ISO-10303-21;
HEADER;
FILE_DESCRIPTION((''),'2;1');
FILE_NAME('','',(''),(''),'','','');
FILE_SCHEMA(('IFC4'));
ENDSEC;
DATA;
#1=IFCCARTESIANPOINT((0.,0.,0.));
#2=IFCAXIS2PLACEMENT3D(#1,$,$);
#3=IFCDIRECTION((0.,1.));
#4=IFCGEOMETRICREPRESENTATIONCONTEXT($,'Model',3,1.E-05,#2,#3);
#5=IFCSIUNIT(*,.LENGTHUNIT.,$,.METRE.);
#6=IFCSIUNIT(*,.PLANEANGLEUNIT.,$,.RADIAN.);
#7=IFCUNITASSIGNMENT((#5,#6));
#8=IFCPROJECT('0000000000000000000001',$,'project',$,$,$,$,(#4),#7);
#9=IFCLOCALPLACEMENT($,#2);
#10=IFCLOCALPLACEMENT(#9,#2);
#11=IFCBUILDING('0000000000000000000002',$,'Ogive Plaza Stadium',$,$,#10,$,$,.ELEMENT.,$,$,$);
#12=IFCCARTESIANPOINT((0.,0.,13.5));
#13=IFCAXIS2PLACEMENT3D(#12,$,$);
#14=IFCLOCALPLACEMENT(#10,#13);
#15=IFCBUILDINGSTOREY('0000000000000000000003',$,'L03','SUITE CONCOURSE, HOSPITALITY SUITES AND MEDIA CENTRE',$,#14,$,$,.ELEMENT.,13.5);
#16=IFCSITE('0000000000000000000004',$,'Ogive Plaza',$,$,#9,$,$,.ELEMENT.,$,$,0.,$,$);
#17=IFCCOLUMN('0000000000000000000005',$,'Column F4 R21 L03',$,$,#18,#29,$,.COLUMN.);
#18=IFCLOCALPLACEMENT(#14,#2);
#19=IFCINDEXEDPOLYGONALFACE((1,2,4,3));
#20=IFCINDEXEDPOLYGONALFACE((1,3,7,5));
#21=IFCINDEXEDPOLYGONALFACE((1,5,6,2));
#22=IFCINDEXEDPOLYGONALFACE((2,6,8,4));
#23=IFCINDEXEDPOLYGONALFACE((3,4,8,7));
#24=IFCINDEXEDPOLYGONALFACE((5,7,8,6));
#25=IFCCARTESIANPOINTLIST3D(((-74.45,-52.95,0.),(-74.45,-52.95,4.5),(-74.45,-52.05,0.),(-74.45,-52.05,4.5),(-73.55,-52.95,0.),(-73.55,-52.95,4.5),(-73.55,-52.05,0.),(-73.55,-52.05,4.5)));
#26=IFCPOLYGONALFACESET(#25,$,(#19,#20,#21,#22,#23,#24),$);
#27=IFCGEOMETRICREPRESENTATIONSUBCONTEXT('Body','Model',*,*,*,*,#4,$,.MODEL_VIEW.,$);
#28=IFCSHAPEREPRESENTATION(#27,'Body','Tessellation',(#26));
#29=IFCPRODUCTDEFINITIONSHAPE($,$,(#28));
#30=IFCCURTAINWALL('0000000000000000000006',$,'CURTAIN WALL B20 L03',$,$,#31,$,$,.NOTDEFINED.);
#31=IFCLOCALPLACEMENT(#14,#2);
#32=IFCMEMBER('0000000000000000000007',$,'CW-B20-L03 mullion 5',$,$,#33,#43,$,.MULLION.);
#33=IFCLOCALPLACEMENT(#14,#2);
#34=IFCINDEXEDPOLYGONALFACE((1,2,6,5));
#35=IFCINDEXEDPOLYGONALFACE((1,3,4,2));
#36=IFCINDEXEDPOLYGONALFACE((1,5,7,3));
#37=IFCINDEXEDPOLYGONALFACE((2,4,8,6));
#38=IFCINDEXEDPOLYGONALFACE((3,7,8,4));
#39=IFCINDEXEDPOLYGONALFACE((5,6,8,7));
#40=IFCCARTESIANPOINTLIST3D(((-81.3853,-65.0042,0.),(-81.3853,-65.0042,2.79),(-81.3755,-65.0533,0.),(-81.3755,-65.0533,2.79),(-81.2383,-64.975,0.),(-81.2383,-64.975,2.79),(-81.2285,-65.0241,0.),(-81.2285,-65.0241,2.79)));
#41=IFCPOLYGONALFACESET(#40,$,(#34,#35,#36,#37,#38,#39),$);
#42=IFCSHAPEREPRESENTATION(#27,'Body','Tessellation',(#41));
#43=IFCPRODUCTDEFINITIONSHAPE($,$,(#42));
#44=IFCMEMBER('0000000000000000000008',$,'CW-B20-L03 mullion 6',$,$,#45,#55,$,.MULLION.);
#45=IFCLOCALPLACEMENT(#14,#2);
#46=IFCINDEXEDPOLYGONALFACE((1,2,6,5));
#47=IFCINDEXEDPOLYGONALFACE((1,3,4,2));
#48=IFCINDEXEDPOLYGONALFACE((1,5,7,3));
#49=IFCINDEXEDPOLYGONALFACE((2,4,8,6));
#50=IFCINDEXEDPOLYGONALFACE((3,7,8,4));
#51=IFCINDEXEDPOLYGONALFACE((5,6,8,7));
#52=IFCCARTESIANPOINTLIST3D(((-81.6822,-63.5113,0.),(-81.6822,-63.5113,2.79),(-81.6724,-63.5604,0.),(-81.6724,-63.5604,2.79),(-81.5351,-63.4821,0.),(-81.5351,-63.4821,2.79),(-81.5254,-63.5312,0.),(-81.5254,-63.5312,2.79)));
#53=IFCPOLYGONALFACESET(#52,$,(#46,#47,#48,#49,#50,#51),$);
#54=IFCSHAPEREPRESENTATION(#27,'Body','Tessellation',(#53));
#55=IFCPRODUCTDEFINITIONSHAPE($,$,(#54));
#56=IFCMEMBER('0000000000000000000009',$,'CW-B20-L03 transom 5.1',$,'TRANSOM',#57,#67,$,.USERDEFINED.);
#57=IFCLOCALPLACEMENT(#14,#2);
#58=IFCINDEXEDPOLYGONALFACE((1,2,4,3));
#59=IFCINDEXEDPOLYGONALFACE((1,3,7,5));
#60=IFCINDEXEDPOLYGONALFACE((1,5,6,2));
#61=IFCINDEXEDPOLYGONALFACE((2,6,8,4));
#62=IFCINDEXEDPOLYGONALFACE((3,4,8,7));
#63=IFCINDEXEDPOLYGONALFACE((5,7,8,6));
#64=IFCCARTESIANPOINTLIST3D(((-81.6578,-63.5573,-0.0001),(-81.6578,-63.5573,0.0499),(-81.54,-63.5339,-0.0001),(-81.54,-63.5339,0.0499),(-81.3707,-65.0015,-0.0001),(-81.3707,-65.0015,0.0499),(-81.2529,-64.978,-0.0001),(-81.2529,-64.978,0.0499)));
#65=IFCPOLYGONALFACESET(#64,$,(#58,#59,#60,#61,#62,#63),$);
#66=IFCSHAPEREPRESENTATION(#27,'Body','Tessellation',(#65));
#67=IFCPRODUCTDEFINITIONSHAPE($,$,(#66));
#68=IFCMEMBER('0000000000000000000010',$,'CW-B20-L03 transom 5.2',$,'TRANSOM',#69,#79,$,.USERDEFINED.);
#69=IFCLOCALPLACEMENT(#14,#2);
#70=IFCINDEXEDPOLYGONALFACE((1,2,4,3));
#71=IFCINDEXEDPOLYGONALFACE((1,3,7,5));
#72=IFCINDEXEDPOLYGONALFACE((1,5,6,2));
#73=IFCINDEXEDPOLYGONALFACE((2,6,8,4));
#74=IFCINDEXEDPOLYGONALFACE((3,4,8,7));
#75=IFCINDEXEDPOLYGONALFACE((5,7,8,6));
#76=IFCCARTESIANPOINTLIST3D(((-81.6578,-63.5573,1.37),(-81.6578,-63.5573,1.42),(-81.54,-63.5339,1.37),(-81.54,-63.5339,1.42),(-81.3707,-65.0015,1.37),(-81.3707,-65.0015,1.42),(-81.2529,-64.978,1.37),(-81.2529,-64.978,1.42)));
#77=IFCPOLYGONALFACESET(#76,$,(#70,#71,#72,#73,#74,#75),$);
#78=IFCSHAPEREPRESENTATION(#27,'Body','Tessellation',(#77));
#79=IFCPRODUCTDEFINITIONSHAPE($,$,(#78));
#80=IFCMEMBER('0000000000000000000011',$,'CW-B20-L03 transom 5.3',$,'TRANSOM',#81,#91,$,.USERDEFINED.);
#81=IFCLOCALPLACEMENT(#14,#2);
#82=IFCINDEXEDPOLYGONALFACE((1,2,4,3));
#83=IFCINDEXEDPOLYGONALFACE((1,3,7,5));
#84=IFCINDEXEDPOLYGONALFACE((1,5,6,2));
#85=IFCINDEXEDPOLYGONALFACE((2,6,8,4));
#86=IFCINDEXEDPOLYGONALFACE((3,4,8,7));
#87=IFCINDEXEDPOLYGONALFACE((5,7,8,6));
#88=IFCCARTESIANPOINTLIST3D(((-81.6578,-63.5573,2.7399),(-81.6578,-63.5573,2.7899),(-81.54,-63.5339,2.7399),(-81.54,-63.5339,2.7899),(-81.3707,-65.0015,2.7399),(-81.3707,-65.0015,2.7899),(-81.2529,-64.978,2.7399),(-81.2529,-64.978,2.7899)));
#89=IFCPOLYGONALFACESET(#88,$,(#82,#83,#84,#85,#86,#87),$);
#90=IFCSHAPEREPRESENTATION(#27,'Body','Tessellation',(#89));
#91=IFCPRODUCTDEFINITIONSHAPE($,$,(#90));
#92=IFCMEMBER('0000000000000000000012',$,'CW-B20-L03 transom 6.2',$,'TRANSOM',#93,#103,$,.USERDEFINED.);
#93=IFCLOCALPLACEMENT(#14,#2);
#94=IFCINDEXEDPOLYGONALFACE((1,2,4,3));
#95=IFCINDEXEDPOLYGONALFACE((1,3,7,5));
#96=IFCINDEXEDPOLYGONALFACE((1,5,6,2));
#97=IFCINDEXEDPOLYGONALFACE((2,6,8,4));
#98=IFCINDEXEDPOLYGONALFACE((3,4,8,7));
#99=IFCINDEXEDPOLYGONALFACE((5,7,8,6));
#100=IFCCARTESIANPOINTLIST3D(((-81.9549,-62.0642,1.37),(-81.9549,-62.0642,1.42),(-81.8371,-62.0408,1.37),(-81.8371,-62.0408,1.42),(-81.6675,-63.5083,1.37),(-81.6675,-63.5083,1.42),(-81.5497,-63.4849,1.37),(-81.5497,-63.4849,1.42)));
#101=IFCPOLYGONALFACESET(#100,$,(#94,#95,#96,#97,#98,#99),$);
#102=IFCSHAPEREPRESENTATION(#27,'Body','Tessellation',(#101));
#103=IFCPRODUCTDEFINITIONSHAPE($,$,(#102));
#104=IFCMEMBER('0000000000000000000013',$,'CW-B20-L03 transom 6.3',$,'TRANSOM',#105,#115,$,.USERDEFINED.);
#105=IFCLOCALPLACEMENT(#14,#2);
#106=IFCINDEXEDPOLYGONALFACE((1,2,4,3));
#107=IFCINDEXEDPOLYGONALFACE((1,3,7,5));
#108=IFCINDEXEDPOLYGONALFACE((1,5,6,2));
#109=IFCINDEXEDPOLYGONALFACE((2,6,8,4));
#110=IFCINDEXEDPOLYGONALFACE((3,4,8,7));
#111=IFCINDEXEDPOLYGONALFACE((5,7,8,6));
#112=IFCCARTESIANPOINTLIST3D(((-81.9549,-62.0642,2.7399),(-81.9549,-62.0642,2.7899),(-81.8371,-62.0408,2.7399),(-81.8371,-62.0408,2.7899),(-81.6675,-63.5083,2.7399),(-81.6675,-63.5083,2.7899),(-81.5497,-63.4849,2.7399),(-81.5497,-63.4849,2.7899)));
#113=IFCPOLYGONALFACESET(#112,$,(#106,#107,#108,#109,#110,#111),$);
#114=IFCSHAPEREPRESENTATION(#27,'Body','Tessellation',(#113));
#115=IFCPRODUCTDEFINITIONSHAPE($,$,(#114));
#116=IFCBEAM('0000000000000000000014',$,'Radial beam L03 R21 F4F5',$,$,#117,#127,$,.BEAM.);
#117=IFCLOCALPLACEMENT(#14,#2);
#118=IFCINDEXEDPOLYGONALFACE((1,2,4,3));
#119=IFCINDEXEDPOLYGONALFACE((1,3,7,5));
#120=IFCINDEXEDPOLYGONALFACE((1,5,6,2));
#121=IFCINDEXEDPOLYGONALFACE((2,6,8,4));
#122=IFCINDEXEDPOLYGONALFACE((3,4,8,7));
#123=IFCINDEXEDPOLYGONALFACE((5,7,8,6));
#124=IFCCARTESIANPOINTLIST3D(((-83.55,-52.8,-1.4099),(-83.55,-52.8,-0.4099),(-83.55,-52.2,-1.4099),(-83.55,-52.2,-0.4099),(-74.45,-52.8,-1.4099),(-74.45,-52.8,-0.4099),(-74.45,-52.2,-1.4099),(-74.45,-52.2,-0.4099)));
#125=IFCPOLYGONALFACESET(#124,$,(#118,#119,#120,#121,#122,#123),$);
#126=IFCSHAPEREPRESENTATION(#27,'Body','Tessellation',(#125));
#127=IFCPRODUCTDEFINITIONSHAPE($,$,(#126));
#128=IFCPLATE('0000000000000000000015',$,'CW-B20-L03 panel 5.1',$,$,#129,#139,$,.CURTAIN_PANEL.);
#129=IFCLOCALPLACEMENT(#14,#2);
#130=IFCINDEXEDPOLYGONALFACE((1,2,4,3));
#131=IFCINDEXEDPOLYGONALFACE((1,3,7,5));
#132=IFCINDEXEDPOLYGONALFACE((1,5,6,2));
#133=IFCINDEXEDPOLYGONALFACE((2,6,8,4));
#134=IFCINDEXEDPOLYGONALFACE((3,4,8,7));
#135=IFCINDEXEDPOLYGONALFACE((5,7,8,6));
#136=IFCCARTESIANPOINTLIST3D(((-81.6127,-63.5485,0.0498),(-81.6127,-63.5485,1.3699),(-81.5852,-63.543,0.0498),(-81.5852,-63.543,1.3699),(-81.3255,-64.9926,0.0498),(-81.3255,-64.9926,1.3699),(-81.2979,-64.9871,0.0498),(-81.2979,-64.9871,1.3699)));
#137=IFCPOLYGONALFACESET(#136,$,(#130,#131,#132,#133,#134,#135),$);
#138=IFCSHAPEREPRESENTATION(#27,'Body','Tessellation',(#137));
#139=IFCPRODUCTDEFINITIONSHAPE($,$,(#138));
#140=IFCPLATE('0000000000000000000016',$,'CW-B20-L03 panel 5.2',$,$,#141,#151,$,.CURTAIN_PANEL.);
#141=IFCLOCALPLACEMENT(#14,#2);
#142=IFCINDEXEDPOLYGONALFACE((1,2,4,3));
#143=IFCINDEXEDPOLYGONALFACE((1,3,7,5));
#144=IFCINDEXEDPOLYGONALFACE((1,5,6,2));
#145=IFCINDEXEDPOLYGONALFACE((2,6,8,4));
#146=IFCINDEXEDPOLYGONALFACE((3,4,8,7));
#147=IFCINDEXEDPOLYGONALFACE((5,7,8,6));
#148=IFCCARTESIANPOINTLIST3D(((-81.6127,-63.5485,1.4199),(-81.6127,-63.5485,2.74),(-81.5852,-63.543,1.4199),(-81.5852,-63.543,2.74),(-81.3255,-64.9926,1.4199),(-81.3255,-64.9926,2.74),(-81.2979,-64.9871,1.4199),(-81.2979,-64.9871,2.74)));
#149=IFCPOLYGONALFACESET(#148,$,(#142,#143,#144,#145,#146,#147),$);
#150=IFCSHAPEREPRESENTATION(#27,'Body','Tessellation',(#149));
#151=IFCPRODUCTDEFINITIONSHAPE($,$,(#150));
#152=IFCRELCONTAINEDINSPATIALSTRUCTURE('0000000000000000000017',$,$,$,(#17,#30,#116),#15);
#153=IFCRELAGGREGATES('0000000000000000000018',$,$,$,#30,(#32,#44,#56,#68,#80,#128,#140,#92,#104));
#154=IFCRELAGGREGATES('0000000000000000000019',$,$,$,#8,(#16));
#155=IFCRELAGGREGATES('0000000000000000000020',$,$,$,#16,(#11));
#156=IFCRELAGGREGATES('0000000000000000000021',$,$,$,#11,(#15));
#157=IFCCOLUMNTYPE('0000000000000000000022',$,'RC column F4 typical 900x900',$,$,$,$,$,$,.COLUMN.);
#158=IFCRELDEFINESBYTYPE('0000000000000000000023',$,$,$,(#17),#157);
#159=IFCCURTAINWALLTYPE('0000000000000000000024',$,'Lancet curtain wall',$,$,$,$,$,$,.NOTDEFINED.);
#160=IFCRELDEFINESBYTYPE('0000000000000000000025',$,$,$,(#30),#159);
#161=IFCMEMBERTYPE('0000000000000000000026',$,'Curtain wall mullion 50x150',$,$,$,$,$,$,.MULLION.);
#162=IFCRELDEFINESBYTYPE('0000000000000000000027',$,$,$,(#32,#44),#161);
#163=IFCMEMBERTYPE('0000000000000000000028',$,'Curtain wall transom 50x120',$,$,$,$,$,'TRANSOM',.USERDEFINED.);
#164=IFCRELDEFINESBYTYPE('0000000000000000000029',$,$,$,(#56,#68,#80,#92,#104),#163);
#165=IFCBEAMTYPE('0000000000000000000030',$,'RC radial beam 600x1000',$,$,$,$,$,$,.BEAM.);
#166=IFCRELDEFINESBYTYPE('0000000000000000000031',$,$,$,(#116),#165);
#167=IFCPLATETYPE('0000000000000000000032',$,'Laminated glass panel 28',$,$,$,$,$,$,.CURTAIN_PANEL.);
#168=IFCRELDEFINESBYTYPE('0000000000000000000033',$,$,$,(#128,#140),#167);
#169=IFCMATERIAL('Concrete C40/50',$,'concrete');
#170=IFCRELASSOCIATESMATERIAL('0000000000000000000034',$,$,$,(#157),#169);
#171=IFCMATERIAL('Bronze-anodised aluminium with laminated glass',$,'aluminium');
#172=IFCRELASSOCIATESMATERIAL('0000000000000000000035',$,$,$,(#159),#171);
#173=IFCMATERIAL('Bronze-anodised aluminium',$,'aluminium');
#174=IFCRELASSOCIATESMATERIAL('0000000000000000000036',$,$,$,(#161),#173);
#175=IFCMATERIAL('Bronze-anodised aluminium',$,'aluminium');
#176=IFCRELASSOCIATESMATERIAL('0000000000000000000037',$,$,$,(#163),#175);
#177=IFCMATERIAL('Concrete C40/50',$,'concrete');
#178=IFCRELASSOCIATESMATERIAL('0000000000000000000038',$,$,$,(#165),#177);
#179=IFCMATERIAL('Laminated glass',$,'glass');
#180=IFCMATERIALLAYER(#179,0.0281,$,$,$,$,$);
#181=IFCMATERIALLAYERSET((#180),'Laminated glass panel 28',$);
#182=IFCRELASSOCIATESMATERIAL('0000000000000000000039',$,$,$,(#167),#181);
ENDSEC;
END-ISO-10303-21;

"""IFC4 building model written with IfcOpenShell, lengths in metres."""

from ifc_helpers import new_model, si_unit, direction, frame, origin, origin_2d, place, context, subcontext, project, spatial, rectangle, extrude, material, layer, layer_set, material_profile, profile_set, type_object, element, aggregate, save


model = new_model("IFC4")

# Units and contexts
model_context = context("Model", 3, precision=1e-05, world=origin(), true_north=direction((0.0, 1.0)))
body_context = subcontext(model_context, "Body", "Model", "MODEL_VIEW")
ifc_project = project(units=[si_unit("LENGTHUNIT", "METRE"), si_unit("PLANEANGLEUNIT", "RADIAN")], contexts=[model_context])

# Site, building, storey
site_placement = place(None, origin())
site = spatial("IfcSite", under=ifc_project, at=site_placement, Name="Ogive Plaza", CompositionType="ELEMENT", RefElevation=0.0)
building_placement = place(site_placement, origin())
building = spatial("IfcBuilding", under=site, at=building_placement, Name="Ogive Plaza Stadium", CompositionType="ELEMENT")
storey_placement = place(building_placement, frame((0.0, 0.0, 13.5)))
storey = spatial("IfcBuildingStorey", under=building, at=storey_placement, Name="L03", Description="SUITE CONCOURSE, HOSPITALITY SUITES AND MEDIA CENTRE", CompositionType="ELEMENT", Elevation=13.5)

# Column
ifc_material_1 = material(Name="Concrete C40/50", Category="concrete")
ifc_material_profile_1 = material_profile(ifc_material_1, rectangle(XDim=0.8999, YDim=0.8999, at=origin_2d()), Name="RC 900x900")
ifc_profile_set_1 = profile_set([ifc_material_profile_1], Name="Concrete C40/50")
column_type = type_object("IfcColumnType", Name="RC column F4 typical 900x900", PredefinedType="COLUMN", material=ifc_profile_set_1)
column_placement = place(storey_placement, frame((-74.0, -52.5, 0.0), z_axis=(0.0, 0.0, 1.0), x_axis=(0.0, -1.0, 0.0)))
element("IfcColumn", 1, at=column_placement, inside=storey, type_object=column_type, Name="Column F4 R21 L03", PredefinedType="COLUMN", context=body_context, shape_type="SweptSolid", body=[
    extrude(rectangle(XDim=0.8999, YDim=0.8999, at=origin_2d()), origin(), (0.0, 0.0, 1.0), 4.5),
])

# Curtain wall, members
ifc_material_2 = material(Name="Bronze-anodised aluminium with laminated glass", Category="aluminium")
curtain_wall_type = type_object("IfcCurtainWallType", Name="Lancet curtain wall", PredefinedType="NOTDEFINED", material=ifc_material_2)
curtain_wall_placement = place(storey_placement, origin())
curtain_wall = element("IfcCurtainWall", 2, at=curtain_wall_placement, inside=storey, type_object=curtain_wall_type, Name="CURTAIN WALL B20 L03", PredefinedType="NOTDEFINED")
ifc_material_3 = material(Name="Bronze-anodised aluminium", Category="aluminium")
ifc_material_profile_2 = material_profile(ifc_material_3, rectangle(XDim=0.1499, YDim=0.05, at=origin_2d()), Name="AL 150x50")
ifc_profile_set_2 = profile_set([ifc_material_profile_2], Name="Bronze-anodised aluminium")
member_type_1 = type_object("IfcMemberType", Name="Curtain wall mullion 50x150", PredefinedType="MULLION", material=ifc_profile_set_2)
member_1_placement = place(storey_placement, frame((-81.3069, -65.0142, 0.0), z_axis=(0.0, 0.0, 1.0), x_axis=(-0.980785, -0.19509, 0.0)))
member_1 = element("IfcMember", 3, at=member_1_placement, type_object=member_type_1, Name="CW-B20-L03 mullion 5", PredefinedType="MULLION", context=body_context, shape_type="SweptSolid", body=[
    extrude(rectangle(XDim=0.1499, YDim=0.05, at=origin_2d()), origin(), (0.0, 0.0, 1.0), 2.79),
])
member_2_placement = place(storey_placement, frame((-81.6038, -63.5212, 0.0), z_axis=(0.0, 0.0, 1.0), x_axis=(-0.980785, -0.19509, 0.0)))
member_2 = element("IfcMember", 4, at=member_2_placement, type_object=member_type_1, Name="CW-B20-L03 mullion 6", PredefinedType="MULLION", context=body_context, shape_type="SweptSolid", body=[
    extrude(rectangle(XDim=0.1499, YDim=0.05, at=origin_2d()), origin(), (0.0, 0.0, 1.0), 2.79),
])
ifc_material_4 = material(Name="Bronze-anodised aluminium", Category="aluminium")
ifc_material_profile_3 = material_profile(ifc_material_4, rectangle(XDim=0.1201, YDim=0.05, at=origin_2d()), Name="AL 120x50")
ifc_profile_set_3 = profile_set([ifc_material_profile_3], Name="Bronze-anodised aluminium")
member_type_2 = type_object("IfcMemberType", Name="Curtain wall transom 50x120", ElementType="TRANSOM", PredefinedType="USERDEFINED", material=ifc_profile_set_3)
member_3_placement = place(storey_placement, frame((-81.3118, -64.9897, 0.0249), z_axis=(-0.195, 0.980803, 0.0), x_axis=(-0.980803, -0.195, 0.0)))
member_3 = element("IfcMember", 5, at=member_3_placement, type_object=member_type_2, Name="CW-B20-L03 transom 5.1", ObjectType="TRANSOM", PredefinedType="USERDEFINED", context=body_context, shape_type="SweptSolid", body=[
    extrude(rectangle(XDim=0.1201, YDim=0.05, at=origin_2d()), origin(), (0.0, 0.0, 1.0), 1.4724),
])
member_4_placement = place(storey_placement, frame((-81.3118, -64.9897, 1.395), z_axis=(-0.195, 0.980803, 0.0), x_axis=(-0.980803, -0.195, 0.0)))
member_4 = element("IfcMember", 6, at=member_4_placement, type_object=member_type_2, Name="CW-B20-L03 transom 5.2", ObjectType="TRANSOM", PredefinedType="USERDEFINED", context=body_context, shape_type="SweptSolid", body=[
    extrude(rectangle(XDim=0.1201, YDim=0.05, at=origin_2d()), origin(), (0.0, 0.0, 1.0), 1.4724),
])
member_5_placement = place(storey_placement, frame((-81.3118, -64.9897, 2.7649), z_axis=(-0.195, 0.980803, 0.0), x_axis=(-0.980803, -0.195, 0.0)))
member_5 = element("IfcMember", 7, at=member_5_placement, type_object=member_type_2, Name="CW-B20-L03 transom 5.3", ObjectType="TRANSOM", PredefinedType="USERDEFINED", context=body_context, shape_type="SweptSolid", body=[
    extrude(rectangle(XDim=0.1201, YDim=0.05, at=origin_2d()), origin(), (0.0, 0.0, 1.0), 1.4724),
])
member_6_placement = place(storey_placement, frame((-81.6086, -63.4966, 1.395), z_axis=(-0.195159, 0.980772, 0.0), x_axis=(-0.980772, -0.195159, 0.0)))
member_6 = element("IfcMember", 8, at=member_6_placement, type_object=member_type_2, Name="CW-B20-L03 transom 6.2", ObjectType="TRANSOM", PredefinedType="USERDEFINED", context=body_context, shape_type="SweptSolid", body=[
    extrude(rectangle(XDim=0.1201, YDim=0.05, at=origin_2d()), origin(), (0.0, 0.0, 1.0), 1.4724),
])
member_7_placement = place(storey_placement, frame((-81.6086, -63.4966, 2.7649), z_axis=(-0.195159, 0.980772, 0.0), x_axis=(-0.980772, -0.195159, 0.0)))
member_7 = element("IfcMember", 9, at=member_7_placement, type_object=member_type_2, Name="CW-B20-L03 transom 6.3", ObjectType="TRANSOM", PredefinedType="USERDEFINED", context=body_context, shape_type="SweptSolid", body=[
    extrude(rectangle(XDim=0.1201, YDim=0.05, at=origin_2d()), origin(), (0.0, 0.0, 1.0), 1.4724),
])

# Beam
ifc_material_5 = material(Name="Concrete C40/50", Category="concrete")
ifc_material_profile_4 = material_profile(ifc_material_5, rectangle(XDim=0.6001, YDim=1.0, at=origin_2d()), Name="RC 600x1000")
ifc_profile_set_4 = profile_set([ifc_material_profile_4], Name="Concrete C40/50")
beam_type = type_object("IfcBeamType", Name="RC radial beam 600x1000", PredefinedType="BEAM", material=ifc_profile_set_4)
beam_placement = place(storey_placement, frame((-74.45, -52.5, -0.9099), z_axis=(-1.0, 0.0, 0.0), x_axis=(0.0, -1.0, 0.0)))
element("IfcBeam", 10, at=beam_placement, inside=storey, type_object=beam_type, Name="Radial beam L03 R21 F4F5", PredefinedType="BEAM", context=body_context, shape_type="SweptSolid", body=[
    extrude(rectangle(XDim=0.6001, YDim=1.0, at=origin_2d()), origin(), (0.0, 0.0, 1.0), 9.1001),
])

# Plates
ifc_material_6 = material(Name="Laminated glass", Category="glass")
ifc_layer_1 = layer(ifc_material_6, 0.0281)
ifc_layer_set_1 = layer_set([ifc_layer_1], Name="Laminated glass panel 28")
plate_type = type_object("IfcPlateType", Name="Laminated glass panel 28", PredefinedType="CURTAIN_PANEL", material=ifc_layer_set_1)
plate_1_placement = place(storey_placement, frame((-81.4553, -64.2678, 0.0498), z_axis=(0.0, 0.0, 1.0), x_axis=(-0.19509, 0.980785, 0.0)))
plate_1 = element("IfcPlate", 11, at=plate_1_placement, type_object=plate_type, Name="CW-B20-L03 panel 5.1", PredefinedType="CURTAIN_PANEL", context=body_context, shape_type="SweptSolid", body=[
    extrude(rectangle(XDim=1.4724, YDim=0.0281, at=origin_2d()), origin(), (0.0, 0.0, 1.0), 1.3201),
])
plate_2_placement = place(storey_placement, frame((-81.4553, -64.2678, 1.4199), z_axis=(0.0, 0.0, 1.0), x_axis=(-0.19509, 0.980785, 0.0)))
plate_2 = element("IfcPlate", 12, at=plate_2_placement, type_object=plate_type, Name="CW-B20-L03 panel 5.2", PredefinedType="CURTAIN_PANEL", context=body_context, shape_type="SweptSolid", body=[
    extrude(rectangle(XDim=1.4724, YDim=0.0281, at=origin_2d()), origin(), (0.0, 0.0, 1.0), 1.3201),
])
aggregate(curtain_wall, [member_1, member_2, member_3, member_4, member_5, plate_1, plate_2, member_6, member_7])

save(model, "model.ifc")
